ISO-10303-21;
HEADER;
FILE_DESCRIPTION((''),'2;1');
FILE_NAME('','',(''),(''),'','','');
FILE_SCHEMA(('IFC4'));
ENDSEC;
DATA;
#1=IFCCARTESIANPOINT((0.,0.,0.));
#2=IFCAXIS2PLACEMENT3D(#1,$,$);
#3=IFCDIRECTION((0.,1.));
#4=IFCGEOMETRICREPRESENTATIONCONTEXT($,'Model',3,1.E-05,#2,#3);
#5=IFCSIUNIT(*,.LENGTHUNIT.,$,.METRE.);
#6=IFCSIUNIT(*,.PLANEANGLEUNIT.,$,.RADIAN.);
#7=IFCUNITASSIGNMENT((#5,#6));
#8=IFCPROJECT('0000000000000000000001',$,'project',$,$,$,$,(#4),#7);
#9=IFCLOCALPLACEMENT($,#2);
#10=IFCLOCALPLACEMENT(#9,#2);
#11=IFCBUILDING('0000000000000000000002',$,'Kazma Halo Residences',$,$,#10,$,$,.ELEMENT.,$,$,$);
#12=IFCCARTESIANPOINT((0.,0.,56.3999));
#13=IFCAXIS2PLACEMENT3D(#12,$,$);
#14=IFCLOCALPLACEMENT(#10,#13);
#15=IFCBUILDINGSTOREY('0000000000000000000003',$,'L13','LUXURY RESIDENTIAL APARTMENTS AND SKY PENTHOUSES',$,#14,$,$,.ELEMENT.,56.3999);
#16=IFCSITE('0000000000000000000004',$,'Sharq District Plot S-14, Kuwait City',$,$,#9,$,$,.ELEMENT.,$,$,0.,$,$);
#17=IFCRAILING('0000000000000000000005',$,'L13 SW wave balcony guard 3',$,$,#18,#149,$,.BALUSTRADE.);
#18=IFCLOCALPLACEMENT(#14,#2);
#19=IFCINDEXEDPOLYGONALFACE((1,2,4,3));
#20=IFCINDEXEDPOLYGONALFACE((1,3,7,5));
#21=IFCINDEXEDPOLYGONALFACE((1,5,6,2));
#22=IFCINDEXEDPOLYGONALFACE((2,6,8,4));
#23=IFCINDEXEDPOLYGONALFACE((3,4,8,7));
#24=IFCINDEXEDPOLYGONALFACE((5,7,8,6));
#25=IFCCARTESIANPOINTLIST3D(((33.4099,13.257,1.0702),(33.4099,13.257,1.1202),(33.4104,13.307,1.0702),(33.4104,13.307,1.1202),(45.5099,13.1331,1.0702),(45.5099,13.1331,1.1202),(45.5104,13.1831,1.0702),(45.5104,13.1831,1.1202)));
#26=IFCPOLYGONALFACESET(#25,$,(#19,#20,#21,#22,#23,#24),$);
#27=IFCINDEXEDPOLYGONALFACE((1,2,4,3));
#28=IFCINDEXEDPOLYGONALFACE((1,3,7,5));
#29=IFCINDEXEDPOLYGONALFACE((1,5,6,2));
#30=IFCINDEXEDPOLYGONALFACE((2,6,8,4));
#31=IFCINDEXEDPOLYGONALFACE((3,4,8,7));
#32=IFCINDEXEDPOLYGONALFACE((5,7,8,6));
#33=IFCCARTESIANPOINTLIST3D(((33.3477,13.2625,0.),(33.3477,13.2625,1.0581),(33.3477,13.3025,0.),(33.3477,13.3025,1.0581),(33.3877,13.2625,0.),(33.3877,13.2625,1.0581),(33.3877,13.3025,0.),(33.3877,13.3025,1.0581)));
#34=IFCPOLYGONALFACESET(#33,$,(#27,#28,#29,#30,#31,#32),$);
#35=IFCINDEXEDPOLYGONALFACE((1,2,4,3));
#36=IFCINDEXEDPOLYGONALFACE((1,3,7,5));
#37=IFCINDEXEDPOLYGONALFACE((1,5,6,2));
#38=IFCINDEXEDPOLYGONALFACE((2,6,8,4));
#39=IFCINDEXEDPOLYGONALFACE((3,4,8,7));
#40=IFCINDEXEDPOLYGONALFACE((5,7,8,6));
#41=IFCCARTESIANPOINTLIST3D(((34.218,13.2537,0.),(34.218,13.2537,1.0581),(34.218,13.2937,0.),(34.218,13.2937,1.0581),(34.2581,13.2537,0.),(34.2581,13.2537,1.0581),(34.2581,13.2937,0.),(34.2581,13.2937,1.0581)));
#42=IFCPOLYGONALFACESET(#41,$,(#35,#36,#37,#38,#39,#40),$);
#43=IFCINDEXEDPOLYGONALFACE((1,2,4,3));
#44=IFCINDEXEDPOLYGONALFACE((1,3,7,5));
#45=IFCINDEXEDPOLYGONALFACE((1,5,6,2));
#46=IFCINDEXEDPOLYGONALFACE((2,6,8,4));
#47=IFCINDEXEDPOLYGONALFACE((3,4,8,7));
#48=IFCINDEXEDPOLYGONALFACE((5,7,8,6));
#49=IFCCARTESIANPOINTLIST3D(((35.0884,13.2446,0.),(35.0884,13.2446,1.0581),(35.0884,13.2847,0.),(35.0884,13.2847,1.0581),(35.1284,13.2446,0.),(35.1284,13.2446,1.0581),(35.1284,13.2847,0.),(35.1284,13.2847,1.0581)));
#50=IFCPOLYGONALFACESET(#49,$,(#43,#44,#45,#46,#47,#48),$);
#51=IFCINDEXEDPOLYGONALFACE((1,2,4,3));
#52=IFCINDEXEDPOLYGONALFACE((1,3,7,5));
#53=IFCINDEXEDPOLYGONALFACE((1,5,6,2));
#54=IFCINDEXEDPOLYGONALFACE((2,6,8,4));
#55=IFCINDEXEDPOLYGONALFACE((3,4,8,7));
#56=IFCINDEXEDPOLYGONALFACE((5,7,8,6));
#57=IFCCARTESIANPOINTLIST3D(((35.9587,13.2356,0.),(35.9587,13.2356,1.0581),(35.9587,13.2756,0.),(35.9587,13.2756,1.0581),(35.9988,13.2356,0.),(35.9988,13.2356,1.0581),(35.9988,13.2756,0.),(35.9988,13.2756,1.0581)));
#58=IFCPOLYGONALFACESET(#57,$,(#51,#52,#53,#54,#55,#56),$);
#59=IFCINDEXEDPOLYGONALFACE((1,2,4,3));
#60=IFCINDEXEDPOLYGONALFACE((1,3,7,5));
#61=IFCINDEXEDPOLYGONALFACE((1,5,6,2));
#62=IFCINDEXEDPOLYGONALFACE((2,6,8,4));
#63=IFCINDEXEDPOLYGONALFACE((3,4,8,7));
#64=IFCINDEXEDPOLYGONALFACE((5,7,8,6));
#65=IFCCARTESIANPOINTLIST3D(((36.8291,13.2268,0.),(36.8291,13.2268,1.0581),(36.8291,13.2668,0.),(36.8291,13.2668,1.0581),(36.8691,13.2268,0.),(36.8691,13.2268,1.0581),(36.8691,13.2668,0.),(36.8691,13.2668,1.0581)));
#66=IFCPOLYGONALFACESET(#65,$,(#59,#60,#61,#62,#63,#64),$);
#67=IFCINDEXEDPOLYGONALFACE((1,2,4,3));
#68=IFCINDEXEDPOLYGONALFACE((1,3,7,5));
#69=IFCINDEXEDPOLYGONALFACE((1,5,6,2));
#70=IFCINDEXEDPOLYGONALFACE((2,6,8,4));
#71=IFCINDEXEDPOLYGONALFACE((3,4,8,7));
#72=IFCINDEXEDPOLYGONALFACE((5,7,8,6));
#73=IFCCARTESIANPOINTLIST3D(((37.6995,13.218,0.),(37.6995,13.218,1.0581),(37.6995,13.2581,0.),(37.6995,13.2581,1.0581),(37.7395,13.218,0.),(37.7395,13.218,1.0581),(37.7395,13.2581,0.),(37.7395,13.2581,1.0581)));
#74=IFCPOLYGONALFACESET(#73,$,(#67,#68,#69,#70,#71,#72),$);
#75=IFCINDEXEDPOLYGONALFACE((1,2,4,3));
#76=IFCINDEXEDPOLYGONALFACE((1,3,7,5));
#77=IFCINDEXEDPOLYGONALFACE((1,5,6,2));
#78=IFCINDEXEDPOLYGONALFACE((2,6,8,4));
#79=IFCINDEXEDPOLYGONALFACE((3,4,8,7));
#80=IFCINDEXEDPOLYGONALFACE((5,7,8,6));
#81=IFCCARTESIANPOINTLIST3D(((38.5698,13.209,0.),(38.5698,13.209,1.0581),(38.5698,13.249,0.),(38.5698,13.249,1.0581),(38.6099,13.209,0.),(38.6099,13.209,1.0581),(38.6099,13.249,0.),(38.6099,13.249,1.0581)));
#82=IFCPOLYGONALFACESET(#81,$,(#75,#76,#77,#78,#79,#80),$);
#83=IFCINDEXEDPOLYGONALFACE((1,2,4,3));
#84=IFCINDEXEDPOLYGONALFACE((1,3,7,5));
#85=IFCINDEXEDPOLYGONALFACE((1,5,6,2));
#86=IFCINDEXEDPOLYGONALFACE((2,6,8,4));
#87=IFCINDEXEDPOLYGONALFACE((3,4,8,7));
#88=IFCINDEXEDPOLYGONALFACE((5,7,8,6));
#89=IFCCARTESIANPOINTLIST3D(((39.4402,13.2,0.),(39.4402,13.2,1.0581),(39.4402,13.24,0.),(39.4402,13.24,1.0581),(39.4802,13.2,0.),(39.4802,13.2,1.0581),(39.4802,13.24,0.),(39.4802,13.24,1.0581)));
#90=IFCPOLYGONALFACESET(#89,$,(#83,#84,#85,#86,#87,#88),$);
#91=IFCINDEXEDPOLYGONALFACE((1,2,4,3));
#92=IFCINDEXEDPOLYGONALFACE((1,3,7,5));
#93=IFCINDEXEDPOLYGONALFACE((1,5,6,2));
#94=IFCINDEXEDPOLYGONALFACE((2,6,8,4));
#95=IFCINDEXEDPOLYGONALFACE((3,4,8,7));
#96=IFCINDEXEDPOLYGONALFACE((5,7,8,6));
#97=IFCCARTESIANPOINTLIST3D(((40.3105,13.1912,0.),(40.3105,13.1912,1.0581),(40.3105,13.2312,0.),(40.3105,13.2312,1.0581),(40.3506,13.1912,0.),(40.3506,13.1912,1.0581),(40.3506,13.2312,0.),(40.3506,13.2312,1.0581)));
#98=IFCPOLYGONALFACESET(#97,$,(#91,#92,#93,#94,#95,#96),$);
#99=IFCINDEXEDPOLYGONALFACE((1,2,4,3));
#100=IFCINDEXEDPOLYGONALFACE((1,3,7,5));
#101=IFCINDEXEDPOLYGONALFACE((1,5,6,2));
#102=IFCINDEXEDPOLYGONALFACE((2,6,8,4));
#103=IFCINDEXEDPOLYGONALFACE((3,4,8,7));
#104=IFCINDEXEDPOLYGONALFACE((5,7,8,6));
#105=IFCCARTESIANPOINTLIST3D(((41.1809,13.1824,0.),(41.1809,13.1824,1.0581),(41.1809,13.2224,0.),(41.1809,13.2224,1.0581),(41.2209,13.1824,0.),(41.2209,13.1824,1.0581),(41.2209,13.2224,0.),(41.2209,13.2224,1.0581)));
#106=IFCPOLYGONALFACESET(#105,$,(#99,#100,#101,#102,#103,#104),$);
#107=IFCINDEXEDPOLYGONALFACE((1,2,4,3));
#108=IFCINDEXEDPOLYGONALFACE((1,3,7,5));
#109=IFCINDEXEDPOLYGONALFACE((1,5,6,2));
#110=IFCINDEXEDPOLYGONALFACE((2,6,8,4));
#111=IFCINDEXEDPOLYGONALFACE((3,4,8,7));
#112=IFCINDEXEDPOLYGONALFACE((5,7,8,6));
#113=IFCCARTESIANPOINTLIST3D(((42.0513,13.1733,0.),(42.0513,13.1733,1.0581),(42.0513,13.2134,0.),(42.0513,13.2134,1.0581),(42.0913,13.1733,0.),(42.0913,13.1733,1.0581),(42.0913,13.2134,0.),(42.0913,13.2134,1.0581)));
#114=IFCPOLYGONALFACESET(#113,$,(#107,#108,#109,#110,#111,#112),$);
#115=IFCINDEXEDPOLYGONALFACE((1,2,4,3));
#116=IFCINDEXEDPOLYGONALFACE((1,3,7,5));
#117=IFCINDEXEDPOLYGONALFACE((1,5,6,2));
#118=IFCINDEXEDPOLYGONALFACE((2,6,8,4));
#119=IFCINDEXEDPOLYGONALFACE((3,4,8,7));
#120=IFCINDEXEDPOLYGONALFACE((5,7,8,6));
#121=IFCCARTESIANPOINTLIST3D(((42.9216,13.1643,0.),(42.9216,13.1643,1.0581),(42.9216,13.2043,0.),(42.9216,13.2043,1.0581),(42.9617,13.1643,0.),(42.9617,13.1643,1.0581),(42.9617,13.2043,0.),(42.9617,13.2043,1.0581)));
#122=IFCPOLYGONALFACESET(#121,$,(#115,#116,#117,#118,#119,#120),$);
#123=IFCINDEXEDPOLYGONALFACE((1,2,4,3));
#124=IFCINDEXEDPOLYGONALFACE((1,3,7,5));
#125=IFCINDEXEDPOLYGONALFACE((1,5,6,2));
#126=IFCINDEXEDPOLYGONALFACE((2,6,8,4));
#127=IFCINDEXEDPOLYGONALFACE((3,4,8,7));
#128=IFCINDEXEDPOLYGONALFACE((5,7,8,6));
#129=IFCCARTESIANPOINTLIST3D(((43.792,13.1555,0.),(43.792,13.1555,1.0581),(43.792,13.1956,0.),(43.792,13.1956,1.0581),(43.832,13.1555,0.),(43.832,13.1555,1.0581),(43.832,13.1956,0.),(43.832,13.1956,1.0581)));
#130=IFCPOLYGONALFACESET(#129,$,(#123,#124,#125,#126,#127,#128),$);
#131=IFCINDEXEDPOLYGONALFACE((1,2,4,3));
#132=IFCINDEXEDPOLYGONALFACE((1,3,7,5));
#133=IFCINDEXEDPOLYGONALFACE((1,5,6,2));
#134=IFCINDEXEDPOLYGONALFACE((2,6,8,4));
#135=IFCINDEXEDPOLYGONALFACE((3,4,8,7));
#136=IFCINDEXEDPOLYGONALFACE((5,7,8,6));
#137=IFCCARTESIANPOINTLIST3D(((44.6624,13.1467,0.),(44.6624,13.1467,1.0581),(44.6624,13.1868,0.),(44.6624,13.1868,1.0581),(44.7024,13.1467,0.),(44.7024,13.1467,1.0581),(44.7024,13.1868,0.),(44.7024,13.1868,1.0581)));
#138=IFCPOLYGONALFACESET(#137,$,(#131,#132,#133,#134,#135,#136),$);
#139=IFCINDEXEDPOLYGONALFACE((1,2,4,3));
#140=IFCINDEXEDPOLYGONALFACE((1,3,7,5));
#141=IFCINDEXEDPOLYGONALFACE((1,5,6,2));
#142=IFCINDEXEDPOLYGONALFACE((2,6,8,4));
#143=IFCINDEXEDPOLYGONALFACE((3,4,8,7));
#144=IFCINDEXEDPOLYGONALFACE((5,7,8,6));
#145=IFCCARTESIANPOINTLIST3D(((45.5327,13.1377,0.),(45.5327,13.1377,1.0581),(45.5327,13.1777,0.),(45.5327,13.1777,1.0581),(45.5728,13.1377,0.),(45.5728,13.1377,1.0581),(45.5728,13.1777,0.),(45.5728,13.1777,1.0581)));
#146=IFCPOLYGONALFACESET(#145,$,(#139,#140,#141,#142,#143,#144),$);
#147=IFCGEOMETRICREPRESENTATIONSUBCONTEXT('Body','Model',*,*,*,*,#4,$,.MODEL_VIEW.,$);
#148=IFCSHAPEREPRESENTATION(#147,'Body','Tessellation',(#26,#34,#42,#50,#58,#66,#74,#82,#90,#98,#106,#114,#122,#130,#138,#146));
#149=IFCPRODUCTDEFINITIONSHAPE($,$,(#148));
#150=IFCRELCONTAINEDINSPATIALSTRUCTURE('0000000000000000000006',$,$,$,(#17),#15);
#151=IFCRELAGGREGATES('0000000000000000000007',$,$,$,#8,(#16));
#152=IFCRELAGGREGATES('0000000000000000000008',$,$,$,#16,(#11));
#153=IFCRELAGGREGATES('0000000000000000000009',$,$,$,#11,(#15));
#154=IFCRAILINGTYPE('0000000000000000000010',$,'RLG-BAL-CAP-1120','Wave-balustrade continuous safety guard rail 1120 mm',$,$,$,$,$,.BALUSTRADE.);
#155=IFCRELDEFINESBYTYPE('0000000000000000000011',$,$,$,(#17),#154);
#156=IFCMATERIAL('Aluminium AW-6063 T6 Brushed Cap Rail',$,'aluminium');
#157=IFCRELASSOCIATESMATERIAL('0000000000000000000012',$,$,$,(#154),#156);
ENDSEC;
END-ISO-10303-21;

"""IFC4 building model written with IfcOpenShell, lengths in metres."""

from ifc_helpers import new_model, si_unit, direction, frame, origin, origin_2d, place, context, subcontext, project, spatial, rectangle, extrude, material, type_object, element, save


model = new_model("IFC4")

# Units and contexts
model_context = context("Model", 3, precision=1e-05, world=origin(), true_north=direction((0.0, 1.0)))
body_context = subcontext(model_context, "Body", "Model", "MODEL_VIEW")
ifc_project = project(units=[si_unit("LENGTHUNIT", "METRE"), si_unit("PLANEANGLEUNIT", "RADIAN")], contexts=[model_context])

# Site, building, storey
site_placement = place(None, origin())
site = spatial("IfcSite", under=ifc_project, at=site_placement, Name="Sharq District Plot S-14, Kuwait City", CompositionType="ELEMENT", RefElevation=0.0)
building_placement = place(site_placement, origin())
building = spatial("IfcBuilding", under=site, at=building_placement, Name="Kazma Halo Residences", CompositionType="ELEMENT")
storey_placement = place(building_placement, frame((0.0, 0.0, 56.3999)))
storey = spatial("IfcBuildingStorey", under=building, at=storey_placement, Name="L13", Description="LUXURY RESIDENTIAL APARTMENTS AND SKY PENTHOUSES", CompositionType="ELEMENT", Elevation=56.3999)

# Railing
ifc_material_1 = material(Name="Aluminium AW-6063 T6 Brushed Cap Rail", Category="aluminium")
railing_type = type_object("IfcRailingType", Name="RLG-BAL-CAP-1120", Description="Wave-balustrade continuous safety guard rail 1120 mm", PredefinedType="BALUSTRADE", material=ifc_material_1)
railing_1_placement = place(storey_placement, frame((33.3677, 13.2825, 0.0)))
element("IfcRailing", 1, at=railing_1_placement, inside=storey, type_object=railing_type, Name="L13 SW wave balcony guard 3", PredefinedType="BALUSTRADE", context=body_context, shape_type="SweptSolid", body=[
    extrude(rectangle(XDim=0.05, YDim=0.05, at=origin_2d()), frame((0.0425, -0.0005, 1.0952), z_axis=(0.999948, -0.010238, 0.0), x_axis=(0.010238, 0.999948, 0.0)), (0.0, 0.0, 1.0), 12.1006),
    extrude(rectangle(XDim=0.04, YDim=0.04, at=origin_2d()), origin(), (0.0, 0.0, 1.0), 1.0581),
    extrude(rectangle(XDim=0.04, YDim=0.04, at=origin_2d()), frame((0.8704, -0.0088, 0.0)), (0.0, 0.0, 1.0), 1.0581),
    extrude(rectangle(XDim=0.04, YDim=0.04, at=origin_2d()), frame((1.7407, -0.0178, 0.0)), (0.0, 0.0, 1.0), 1.0581),
    extrude(rectangle(XDim=0.04, YDim=0.04, at=origin_2d()), frame((2.6111, -0.0269, 0.0)), (0.0, 0.0, 1.0), 1.0581),
    extrude(rectangle(XDim=0.04, YDim=0.04, at=origin_2d()), frame((3.4814, -0.0356, 0.0)), (0.0, 0.0, 1.0), 1.0581),
    extrude(rectangle(XDim=0.04, YDim=0.04, at=origin_2d()), frame((4.3518, -0.0444, 0.0)), (0.0, 0.0, 1.0), 1.0581),
    extrude(rectangle(XDim=0.04, YDim=0.04, at=origin_2d()), frame((5.2222, -0.0535, 0.0)), (0.0, 0.0, 1.0), 1.0581),
    extrude(rectangle(XDim=0.04, YDim=0.04, at=origin_2d()), frame((6.0925, -0.0625, 0.0)), (0.0, 0.0, 1.0), 1.0581),
    extrude(rectangle(XDim=0.04, YDim=0.04, at=origin_2d()), frame((6.9629, -0.0713, 0.0)), (0.0, 0.0, 1.0), 1.0581),
    extrude(rectangle(XDim=0.04, YDim=0.04, at=origin_2d()), frame((7.8333, -0.0801, 0.0)), (0.0, 0.0, 1.0), 1.0581),
    extrude(rectangle(XDim=0.04, YDim=0.04, at=origin_2d()), frame((8.7036, -0.0891, 0.0)), (0.0, 0.0, 1.0), 1.0581),
    extrude(rectangle(XDim=0.04, YDim=0.04, at=origin_2d()), frame((9.574, -0.0981, 0.0)), (0.0, 0.0, 1.0), 1.0581),
    extrude(rectangle(XDim=0.04, YDim=0.04, at=origin_2d()), frame((10.4443, -0.1069, 0.0)), (0.0, 0.0, 1.0), 1.0581),
    extrude(rectangle(XDim=0.04, YDim=0.04, at=origin_2d()), frame((11.3147, -0.1157, 0.0)), (0.0, 0.0, 1.0), 1.0581),
    extrude(rectangle(XDim=0.04, YDim=0.04, at=origin_2d()), frame((12.1851, -0.1248, 0.0)), (0.0, 0.0, 1.0), 1.0581),
])

save(model, "model.ifc")
